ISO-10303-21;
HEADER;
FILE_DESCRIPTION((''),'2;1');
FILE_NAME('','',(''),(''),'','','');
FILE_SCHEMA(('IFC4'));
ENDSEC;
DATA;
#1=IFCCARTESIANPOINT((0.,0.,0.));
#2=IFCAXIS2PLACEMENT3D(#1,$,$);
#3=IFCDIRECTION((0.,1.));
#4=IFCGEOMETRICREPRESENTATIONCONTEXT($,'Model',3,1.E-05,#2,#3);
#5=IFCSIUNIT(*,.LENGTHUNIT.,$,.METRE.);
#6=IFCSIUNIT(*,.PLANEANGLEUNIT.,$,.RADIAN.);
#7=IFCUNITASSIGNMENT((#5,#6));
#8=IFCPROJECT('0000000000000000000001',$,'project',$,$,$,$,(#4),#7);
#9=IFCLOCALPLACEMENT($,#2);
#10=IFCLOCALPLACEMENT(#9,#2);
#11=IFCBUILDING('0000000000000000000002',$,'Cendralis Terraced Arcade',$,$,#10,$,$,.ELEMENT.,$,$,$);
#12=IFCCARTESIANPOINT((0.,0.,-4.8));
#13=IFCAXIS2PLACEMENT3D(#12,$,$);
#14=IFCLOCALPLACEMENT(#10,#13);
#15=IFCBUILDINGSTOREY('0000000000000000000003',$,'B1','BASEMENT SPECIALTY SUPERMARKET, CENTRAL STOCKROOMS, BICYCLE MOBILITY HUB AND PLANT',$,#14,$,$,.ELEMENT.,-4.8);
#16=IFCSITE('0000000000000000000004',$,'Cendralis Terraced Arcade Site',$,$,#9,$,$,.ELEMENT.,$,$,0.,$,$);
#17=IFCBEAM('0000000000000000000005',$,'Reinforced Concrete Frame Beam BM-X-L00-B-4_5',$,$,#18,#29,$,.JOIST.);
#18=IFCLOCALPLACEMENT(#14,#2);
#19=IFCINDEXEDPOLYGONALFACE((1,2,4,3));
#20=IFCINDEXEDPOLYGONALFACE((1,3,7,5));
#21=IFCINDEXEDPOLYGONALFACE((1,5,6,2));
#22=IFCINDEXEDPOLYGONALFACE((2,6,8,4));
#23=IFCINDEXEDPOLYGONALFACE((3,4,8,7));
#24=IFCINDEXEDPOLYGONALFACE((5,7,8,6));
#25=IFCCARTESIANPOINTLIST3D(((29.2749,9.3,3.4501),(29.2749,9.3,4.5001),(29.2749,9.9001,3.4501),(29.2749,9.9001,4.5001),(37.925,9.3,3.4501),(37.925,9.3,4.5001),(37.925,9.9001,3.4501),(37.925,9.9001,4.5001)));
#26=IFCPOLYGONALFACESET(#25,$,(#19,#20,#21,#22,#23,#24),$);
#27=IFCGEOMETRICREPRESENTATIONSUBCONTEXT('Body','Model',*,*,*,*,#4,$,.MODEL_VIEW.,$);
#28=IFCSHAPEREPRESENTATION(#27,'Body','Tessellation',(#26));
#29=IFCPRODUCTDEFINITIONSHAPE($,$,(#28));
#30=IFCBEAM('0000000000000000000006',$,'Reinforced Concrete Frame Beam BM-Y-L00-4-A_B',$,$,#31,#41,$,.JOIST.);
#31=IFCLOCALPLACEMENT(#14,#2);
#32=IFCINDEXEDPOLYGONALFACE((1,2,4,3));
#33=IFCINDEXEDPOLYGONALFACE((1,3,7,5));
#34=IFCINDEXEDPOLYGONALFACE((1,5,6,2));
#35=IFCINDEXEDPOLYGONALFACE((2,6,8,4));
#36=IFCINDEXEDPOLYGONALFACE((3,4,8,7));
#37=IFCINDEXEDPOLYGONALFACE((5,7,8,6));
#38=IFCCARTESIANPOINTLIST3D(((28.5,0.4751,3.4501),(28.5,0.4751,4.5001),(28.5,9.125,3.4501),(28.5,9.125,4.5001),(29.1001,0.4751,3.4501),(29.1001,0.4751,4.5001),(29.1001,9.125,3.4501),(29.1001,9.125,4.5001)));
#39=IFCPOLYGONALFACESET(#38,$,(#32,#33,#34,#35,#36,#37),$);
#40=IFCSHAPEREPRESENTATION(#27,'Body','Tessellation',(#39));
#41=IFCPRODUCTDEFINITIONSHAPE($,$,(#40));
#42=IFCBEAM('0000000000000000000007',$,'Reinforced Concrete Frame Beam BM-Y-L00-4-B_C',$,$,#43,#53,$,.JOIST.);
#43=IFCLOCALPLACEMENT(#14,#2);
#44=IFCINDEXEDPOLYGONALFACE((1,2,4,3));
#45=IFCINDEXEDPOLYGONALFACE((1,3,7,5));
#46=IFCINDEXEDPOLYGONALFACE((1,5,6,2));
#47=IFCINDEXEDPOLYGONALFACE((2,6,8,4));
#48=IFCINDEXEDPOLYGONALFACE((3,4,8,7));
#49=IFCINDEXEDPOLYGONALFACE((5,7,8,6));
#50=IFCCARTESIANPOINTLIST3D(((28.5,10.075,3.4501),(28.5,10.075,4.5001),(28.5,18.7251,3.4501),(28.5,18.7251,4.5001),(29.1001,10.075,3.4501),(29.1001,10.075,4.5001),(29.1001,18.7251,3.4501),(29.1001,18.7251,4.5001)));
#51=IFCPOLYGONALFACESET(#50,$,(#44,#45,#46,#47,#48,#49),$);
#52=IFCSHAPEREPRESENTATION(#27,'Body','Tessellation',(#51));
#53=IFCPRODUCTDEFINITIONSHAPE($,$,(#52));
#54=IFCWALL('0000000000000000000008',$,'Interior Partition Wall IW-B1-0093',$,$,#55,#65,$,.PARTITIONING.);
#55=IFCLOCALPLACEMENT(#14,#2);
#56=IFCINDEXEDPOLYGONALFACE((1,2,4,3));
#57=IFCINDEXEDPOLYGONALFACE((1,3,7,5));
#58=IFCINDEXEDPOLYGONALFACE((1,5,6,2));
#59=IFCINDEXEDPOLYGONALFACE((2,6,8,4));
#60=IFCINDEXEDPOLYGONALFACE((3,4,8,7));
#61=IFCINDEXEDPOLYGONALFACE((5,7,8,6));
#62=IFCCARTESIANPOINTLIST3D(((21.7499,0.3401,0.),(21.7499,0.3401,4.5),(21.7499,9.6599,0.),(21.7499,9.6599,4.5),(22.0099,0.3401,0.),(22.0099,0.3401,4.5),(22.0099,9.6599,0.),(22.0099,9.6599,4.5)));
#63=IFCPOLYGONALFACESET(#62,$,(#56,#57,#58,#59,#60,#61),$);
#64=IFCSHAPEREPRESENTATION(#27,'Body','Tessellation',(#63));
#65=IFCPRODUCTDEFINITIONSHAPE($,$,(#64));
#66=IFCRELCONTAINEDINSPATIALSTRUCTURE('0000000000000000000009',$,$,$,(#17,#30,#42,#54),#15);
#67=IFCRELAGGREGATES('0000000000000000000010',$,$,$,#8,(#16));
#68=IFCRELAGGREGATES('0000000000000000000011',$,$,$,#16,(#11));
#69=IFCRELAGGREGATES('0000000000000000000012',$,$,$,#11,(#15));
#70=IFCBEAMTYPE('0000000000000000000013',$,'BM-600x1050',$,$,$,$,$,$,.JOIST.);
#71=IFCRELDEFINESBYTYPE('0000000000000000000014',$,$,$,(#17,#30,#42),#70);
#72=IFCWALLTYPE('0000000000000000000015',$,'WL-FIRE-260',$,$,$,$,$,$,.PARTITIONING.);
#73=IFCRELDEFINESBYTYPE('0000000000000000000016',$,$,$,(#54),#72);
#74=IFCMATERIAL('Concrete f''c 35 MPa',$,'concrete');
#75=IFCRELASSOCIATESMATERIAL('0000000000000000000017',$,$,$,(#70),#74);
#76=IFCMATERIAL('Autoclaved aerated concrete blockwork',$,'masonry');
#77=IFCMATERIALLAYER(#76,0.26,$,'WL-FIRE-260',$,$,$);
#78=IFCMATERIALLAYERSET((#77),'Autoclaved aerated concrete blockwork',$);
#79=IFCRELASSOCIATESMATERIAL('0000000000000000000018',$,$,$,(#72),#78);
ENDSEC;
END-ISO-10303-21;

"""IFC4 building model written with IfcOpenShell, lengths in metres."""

from ifc_helpers import new_model, si_unit, direction, frame, frame_2d, origin, origin_2d, place, context, subcontext, project, spatial, rectangle, extrude, material, layer, layer_set, material_profile, profile_set, type_object, element, save


model = new_model("IFC4")

# Units and contexts
model_context = context("Model", 3, precision=1e-05, world=origin(), true_north=direction((0.0, 1.0)))
body_context = subcontext(model_context, "Body", "Model", "MODEL_VIEW")
ifc_project = project(units=[si_unit("LENGTHUNIT", "METRE"), si_unit("PLANEANGLEUNIT", "RADIAN")], contexts=[model_context])

# Site, building, storey
site_placement = place(None, origin())
site = spatial("IfcSite", under=ifc_project, at=site_placement, Name="Cendralis Terraced Arcade Site", CompositionType="ELEMENT", RefElevation=0.0)
building_placement = place(site_placement, origin())
building = spatial("IfcBuilding", under=site, at=building_placement, Name="Cendralis Terraced Arcade", CompositionType="ELEMENT")
storey_placement = place(building_placement, frame((0.0, 0.0, -4.8)))
storey = spatial("IfcBuildingStorey", under=building, at=storey_placement, Name="B1", Description="BASEMENT SPECIALTY SUPERMARKET, CENTRAL STOCKROOMS, BICYCLE MOBILITY HUB AND PLANT", CompositionType="ELEMENT", Elevation=-4.8)

# Shared definitions
ifc_material_1 = material(Name="Concrete f'c 35 MPa", Category="concrete")

# Beams
ifc_material_profile_1 = material_profile(ifc_material_1, rectangle(XDim=0.6001, YDim=1.05, at=origin_2d()), Name="RC-BM-600x1050", Category="LoadBearing")
ifc_profile_set_1 = profile_set([ifc_material_profile_1], Name="Concrete f'c 35 MPa")
beam_type = type_object("IfcBeamType", Name="BM-600x1050", PredefinedType="JOIST", material=ifc_profile_set_1)
beam_1_placement = place(storey_placement, frame((29.2749, 9.6001, 3.9751), z_axis=(1.0, 0.0, 0.0), x_axis=(0.0, 1.0, 0.0)))
element("IfcBeam", 1, at=beam_1_placement, inside=storey, type_object=beam_type, Name="Reinforced Concrete Frame Beam BM-X-L00-B-4_5", PredefinedType="JOIST", context=body_context, shape_type="SweptSolid", body=[
    extrude(rectangle(XDim=0.6001, YDim=1.05, at=origin_2d()), origin(), (0.0, 0.0, 1.0), 8.6501),
])
beam_2_placement = place(storey_placement, frame((28.8, 0.4751, 3.9751), z_axis=(0.0, 1.0, 0.0), x_axis=(-1.0, 0.0, 0.0)))
element("IfcBeam", 2, at=beam_2_placement, inside=storey, type_object=beam_type, Name="Reinforced Concrete Frame Beam BM-Y-L00-4-A_B", PredefinedType="JOIST", context=body_context, shape_type="SweptSolid", body=[
    extrude(rectangle(XDim=0.6001, YDim=1.05, at=origin_2d()), origin(), (0.0, 0.0, 1.0), 8.6499),
])
beam_3_placement = place(storey_placement, frame((28.8, 10.075, 3.9751), z_axis=(0.0, 1.0, 0.0), x_axis=(-1.0, 0.0, 0.0)))
element("IfcBeam", 3, at=beam_3_placement, inside=storey, type_object=beam_type, Name="Reinforced Concrete Frame Beam BM-Y-L00-4-B_C", PredefinedType="JOIST", context=body_context, shape_type="SweptSolid", body=[
    extrude(rectangle(XDim=0.6001, YDim=1.05, at=origin_2d()), origin(), (0.0, 0.0, 1.0), 8.6501),
])

# Wall
ifc_material_2 = material(Name="Autoclaved aerated concrete blockwork", Category="masonry")
ifc_layer = layer(ifc_material_2, 0.26, Name="WL-FIRE-260")
ifc_layer_set = layer_set([ifc_layer], Name="Autoclaved aerated concrete blockwork")
wall_type = type_object("IfcWallType", Name="WL-FIRE-260", PredefinedType="PARTITIONING", material=ifc_layer_set)
wall_placement = place(storey_placement, frame((21.8799, 9.6599, 0.0), z_axis=(0.0, 0.0, 1.0), x_axis=(0.0, -1.0, 0.0)))
element("IfcWall", 4, at=wall_placement, inside=storey, type_object=wall_type, Name="Interior Partition Wall IW-B1-0093", PredefinedType="PARTITIONING", context=body_context, shape_type="SweptSolid", body=[
    extrude(rectangle(XDim=9.3198, YDim=0.26, at=frame_2d((4.6599, 0.0))), origin(), (0.0, 0.0, 1.0), 4.5),
])

save(model, "model.ifc")
